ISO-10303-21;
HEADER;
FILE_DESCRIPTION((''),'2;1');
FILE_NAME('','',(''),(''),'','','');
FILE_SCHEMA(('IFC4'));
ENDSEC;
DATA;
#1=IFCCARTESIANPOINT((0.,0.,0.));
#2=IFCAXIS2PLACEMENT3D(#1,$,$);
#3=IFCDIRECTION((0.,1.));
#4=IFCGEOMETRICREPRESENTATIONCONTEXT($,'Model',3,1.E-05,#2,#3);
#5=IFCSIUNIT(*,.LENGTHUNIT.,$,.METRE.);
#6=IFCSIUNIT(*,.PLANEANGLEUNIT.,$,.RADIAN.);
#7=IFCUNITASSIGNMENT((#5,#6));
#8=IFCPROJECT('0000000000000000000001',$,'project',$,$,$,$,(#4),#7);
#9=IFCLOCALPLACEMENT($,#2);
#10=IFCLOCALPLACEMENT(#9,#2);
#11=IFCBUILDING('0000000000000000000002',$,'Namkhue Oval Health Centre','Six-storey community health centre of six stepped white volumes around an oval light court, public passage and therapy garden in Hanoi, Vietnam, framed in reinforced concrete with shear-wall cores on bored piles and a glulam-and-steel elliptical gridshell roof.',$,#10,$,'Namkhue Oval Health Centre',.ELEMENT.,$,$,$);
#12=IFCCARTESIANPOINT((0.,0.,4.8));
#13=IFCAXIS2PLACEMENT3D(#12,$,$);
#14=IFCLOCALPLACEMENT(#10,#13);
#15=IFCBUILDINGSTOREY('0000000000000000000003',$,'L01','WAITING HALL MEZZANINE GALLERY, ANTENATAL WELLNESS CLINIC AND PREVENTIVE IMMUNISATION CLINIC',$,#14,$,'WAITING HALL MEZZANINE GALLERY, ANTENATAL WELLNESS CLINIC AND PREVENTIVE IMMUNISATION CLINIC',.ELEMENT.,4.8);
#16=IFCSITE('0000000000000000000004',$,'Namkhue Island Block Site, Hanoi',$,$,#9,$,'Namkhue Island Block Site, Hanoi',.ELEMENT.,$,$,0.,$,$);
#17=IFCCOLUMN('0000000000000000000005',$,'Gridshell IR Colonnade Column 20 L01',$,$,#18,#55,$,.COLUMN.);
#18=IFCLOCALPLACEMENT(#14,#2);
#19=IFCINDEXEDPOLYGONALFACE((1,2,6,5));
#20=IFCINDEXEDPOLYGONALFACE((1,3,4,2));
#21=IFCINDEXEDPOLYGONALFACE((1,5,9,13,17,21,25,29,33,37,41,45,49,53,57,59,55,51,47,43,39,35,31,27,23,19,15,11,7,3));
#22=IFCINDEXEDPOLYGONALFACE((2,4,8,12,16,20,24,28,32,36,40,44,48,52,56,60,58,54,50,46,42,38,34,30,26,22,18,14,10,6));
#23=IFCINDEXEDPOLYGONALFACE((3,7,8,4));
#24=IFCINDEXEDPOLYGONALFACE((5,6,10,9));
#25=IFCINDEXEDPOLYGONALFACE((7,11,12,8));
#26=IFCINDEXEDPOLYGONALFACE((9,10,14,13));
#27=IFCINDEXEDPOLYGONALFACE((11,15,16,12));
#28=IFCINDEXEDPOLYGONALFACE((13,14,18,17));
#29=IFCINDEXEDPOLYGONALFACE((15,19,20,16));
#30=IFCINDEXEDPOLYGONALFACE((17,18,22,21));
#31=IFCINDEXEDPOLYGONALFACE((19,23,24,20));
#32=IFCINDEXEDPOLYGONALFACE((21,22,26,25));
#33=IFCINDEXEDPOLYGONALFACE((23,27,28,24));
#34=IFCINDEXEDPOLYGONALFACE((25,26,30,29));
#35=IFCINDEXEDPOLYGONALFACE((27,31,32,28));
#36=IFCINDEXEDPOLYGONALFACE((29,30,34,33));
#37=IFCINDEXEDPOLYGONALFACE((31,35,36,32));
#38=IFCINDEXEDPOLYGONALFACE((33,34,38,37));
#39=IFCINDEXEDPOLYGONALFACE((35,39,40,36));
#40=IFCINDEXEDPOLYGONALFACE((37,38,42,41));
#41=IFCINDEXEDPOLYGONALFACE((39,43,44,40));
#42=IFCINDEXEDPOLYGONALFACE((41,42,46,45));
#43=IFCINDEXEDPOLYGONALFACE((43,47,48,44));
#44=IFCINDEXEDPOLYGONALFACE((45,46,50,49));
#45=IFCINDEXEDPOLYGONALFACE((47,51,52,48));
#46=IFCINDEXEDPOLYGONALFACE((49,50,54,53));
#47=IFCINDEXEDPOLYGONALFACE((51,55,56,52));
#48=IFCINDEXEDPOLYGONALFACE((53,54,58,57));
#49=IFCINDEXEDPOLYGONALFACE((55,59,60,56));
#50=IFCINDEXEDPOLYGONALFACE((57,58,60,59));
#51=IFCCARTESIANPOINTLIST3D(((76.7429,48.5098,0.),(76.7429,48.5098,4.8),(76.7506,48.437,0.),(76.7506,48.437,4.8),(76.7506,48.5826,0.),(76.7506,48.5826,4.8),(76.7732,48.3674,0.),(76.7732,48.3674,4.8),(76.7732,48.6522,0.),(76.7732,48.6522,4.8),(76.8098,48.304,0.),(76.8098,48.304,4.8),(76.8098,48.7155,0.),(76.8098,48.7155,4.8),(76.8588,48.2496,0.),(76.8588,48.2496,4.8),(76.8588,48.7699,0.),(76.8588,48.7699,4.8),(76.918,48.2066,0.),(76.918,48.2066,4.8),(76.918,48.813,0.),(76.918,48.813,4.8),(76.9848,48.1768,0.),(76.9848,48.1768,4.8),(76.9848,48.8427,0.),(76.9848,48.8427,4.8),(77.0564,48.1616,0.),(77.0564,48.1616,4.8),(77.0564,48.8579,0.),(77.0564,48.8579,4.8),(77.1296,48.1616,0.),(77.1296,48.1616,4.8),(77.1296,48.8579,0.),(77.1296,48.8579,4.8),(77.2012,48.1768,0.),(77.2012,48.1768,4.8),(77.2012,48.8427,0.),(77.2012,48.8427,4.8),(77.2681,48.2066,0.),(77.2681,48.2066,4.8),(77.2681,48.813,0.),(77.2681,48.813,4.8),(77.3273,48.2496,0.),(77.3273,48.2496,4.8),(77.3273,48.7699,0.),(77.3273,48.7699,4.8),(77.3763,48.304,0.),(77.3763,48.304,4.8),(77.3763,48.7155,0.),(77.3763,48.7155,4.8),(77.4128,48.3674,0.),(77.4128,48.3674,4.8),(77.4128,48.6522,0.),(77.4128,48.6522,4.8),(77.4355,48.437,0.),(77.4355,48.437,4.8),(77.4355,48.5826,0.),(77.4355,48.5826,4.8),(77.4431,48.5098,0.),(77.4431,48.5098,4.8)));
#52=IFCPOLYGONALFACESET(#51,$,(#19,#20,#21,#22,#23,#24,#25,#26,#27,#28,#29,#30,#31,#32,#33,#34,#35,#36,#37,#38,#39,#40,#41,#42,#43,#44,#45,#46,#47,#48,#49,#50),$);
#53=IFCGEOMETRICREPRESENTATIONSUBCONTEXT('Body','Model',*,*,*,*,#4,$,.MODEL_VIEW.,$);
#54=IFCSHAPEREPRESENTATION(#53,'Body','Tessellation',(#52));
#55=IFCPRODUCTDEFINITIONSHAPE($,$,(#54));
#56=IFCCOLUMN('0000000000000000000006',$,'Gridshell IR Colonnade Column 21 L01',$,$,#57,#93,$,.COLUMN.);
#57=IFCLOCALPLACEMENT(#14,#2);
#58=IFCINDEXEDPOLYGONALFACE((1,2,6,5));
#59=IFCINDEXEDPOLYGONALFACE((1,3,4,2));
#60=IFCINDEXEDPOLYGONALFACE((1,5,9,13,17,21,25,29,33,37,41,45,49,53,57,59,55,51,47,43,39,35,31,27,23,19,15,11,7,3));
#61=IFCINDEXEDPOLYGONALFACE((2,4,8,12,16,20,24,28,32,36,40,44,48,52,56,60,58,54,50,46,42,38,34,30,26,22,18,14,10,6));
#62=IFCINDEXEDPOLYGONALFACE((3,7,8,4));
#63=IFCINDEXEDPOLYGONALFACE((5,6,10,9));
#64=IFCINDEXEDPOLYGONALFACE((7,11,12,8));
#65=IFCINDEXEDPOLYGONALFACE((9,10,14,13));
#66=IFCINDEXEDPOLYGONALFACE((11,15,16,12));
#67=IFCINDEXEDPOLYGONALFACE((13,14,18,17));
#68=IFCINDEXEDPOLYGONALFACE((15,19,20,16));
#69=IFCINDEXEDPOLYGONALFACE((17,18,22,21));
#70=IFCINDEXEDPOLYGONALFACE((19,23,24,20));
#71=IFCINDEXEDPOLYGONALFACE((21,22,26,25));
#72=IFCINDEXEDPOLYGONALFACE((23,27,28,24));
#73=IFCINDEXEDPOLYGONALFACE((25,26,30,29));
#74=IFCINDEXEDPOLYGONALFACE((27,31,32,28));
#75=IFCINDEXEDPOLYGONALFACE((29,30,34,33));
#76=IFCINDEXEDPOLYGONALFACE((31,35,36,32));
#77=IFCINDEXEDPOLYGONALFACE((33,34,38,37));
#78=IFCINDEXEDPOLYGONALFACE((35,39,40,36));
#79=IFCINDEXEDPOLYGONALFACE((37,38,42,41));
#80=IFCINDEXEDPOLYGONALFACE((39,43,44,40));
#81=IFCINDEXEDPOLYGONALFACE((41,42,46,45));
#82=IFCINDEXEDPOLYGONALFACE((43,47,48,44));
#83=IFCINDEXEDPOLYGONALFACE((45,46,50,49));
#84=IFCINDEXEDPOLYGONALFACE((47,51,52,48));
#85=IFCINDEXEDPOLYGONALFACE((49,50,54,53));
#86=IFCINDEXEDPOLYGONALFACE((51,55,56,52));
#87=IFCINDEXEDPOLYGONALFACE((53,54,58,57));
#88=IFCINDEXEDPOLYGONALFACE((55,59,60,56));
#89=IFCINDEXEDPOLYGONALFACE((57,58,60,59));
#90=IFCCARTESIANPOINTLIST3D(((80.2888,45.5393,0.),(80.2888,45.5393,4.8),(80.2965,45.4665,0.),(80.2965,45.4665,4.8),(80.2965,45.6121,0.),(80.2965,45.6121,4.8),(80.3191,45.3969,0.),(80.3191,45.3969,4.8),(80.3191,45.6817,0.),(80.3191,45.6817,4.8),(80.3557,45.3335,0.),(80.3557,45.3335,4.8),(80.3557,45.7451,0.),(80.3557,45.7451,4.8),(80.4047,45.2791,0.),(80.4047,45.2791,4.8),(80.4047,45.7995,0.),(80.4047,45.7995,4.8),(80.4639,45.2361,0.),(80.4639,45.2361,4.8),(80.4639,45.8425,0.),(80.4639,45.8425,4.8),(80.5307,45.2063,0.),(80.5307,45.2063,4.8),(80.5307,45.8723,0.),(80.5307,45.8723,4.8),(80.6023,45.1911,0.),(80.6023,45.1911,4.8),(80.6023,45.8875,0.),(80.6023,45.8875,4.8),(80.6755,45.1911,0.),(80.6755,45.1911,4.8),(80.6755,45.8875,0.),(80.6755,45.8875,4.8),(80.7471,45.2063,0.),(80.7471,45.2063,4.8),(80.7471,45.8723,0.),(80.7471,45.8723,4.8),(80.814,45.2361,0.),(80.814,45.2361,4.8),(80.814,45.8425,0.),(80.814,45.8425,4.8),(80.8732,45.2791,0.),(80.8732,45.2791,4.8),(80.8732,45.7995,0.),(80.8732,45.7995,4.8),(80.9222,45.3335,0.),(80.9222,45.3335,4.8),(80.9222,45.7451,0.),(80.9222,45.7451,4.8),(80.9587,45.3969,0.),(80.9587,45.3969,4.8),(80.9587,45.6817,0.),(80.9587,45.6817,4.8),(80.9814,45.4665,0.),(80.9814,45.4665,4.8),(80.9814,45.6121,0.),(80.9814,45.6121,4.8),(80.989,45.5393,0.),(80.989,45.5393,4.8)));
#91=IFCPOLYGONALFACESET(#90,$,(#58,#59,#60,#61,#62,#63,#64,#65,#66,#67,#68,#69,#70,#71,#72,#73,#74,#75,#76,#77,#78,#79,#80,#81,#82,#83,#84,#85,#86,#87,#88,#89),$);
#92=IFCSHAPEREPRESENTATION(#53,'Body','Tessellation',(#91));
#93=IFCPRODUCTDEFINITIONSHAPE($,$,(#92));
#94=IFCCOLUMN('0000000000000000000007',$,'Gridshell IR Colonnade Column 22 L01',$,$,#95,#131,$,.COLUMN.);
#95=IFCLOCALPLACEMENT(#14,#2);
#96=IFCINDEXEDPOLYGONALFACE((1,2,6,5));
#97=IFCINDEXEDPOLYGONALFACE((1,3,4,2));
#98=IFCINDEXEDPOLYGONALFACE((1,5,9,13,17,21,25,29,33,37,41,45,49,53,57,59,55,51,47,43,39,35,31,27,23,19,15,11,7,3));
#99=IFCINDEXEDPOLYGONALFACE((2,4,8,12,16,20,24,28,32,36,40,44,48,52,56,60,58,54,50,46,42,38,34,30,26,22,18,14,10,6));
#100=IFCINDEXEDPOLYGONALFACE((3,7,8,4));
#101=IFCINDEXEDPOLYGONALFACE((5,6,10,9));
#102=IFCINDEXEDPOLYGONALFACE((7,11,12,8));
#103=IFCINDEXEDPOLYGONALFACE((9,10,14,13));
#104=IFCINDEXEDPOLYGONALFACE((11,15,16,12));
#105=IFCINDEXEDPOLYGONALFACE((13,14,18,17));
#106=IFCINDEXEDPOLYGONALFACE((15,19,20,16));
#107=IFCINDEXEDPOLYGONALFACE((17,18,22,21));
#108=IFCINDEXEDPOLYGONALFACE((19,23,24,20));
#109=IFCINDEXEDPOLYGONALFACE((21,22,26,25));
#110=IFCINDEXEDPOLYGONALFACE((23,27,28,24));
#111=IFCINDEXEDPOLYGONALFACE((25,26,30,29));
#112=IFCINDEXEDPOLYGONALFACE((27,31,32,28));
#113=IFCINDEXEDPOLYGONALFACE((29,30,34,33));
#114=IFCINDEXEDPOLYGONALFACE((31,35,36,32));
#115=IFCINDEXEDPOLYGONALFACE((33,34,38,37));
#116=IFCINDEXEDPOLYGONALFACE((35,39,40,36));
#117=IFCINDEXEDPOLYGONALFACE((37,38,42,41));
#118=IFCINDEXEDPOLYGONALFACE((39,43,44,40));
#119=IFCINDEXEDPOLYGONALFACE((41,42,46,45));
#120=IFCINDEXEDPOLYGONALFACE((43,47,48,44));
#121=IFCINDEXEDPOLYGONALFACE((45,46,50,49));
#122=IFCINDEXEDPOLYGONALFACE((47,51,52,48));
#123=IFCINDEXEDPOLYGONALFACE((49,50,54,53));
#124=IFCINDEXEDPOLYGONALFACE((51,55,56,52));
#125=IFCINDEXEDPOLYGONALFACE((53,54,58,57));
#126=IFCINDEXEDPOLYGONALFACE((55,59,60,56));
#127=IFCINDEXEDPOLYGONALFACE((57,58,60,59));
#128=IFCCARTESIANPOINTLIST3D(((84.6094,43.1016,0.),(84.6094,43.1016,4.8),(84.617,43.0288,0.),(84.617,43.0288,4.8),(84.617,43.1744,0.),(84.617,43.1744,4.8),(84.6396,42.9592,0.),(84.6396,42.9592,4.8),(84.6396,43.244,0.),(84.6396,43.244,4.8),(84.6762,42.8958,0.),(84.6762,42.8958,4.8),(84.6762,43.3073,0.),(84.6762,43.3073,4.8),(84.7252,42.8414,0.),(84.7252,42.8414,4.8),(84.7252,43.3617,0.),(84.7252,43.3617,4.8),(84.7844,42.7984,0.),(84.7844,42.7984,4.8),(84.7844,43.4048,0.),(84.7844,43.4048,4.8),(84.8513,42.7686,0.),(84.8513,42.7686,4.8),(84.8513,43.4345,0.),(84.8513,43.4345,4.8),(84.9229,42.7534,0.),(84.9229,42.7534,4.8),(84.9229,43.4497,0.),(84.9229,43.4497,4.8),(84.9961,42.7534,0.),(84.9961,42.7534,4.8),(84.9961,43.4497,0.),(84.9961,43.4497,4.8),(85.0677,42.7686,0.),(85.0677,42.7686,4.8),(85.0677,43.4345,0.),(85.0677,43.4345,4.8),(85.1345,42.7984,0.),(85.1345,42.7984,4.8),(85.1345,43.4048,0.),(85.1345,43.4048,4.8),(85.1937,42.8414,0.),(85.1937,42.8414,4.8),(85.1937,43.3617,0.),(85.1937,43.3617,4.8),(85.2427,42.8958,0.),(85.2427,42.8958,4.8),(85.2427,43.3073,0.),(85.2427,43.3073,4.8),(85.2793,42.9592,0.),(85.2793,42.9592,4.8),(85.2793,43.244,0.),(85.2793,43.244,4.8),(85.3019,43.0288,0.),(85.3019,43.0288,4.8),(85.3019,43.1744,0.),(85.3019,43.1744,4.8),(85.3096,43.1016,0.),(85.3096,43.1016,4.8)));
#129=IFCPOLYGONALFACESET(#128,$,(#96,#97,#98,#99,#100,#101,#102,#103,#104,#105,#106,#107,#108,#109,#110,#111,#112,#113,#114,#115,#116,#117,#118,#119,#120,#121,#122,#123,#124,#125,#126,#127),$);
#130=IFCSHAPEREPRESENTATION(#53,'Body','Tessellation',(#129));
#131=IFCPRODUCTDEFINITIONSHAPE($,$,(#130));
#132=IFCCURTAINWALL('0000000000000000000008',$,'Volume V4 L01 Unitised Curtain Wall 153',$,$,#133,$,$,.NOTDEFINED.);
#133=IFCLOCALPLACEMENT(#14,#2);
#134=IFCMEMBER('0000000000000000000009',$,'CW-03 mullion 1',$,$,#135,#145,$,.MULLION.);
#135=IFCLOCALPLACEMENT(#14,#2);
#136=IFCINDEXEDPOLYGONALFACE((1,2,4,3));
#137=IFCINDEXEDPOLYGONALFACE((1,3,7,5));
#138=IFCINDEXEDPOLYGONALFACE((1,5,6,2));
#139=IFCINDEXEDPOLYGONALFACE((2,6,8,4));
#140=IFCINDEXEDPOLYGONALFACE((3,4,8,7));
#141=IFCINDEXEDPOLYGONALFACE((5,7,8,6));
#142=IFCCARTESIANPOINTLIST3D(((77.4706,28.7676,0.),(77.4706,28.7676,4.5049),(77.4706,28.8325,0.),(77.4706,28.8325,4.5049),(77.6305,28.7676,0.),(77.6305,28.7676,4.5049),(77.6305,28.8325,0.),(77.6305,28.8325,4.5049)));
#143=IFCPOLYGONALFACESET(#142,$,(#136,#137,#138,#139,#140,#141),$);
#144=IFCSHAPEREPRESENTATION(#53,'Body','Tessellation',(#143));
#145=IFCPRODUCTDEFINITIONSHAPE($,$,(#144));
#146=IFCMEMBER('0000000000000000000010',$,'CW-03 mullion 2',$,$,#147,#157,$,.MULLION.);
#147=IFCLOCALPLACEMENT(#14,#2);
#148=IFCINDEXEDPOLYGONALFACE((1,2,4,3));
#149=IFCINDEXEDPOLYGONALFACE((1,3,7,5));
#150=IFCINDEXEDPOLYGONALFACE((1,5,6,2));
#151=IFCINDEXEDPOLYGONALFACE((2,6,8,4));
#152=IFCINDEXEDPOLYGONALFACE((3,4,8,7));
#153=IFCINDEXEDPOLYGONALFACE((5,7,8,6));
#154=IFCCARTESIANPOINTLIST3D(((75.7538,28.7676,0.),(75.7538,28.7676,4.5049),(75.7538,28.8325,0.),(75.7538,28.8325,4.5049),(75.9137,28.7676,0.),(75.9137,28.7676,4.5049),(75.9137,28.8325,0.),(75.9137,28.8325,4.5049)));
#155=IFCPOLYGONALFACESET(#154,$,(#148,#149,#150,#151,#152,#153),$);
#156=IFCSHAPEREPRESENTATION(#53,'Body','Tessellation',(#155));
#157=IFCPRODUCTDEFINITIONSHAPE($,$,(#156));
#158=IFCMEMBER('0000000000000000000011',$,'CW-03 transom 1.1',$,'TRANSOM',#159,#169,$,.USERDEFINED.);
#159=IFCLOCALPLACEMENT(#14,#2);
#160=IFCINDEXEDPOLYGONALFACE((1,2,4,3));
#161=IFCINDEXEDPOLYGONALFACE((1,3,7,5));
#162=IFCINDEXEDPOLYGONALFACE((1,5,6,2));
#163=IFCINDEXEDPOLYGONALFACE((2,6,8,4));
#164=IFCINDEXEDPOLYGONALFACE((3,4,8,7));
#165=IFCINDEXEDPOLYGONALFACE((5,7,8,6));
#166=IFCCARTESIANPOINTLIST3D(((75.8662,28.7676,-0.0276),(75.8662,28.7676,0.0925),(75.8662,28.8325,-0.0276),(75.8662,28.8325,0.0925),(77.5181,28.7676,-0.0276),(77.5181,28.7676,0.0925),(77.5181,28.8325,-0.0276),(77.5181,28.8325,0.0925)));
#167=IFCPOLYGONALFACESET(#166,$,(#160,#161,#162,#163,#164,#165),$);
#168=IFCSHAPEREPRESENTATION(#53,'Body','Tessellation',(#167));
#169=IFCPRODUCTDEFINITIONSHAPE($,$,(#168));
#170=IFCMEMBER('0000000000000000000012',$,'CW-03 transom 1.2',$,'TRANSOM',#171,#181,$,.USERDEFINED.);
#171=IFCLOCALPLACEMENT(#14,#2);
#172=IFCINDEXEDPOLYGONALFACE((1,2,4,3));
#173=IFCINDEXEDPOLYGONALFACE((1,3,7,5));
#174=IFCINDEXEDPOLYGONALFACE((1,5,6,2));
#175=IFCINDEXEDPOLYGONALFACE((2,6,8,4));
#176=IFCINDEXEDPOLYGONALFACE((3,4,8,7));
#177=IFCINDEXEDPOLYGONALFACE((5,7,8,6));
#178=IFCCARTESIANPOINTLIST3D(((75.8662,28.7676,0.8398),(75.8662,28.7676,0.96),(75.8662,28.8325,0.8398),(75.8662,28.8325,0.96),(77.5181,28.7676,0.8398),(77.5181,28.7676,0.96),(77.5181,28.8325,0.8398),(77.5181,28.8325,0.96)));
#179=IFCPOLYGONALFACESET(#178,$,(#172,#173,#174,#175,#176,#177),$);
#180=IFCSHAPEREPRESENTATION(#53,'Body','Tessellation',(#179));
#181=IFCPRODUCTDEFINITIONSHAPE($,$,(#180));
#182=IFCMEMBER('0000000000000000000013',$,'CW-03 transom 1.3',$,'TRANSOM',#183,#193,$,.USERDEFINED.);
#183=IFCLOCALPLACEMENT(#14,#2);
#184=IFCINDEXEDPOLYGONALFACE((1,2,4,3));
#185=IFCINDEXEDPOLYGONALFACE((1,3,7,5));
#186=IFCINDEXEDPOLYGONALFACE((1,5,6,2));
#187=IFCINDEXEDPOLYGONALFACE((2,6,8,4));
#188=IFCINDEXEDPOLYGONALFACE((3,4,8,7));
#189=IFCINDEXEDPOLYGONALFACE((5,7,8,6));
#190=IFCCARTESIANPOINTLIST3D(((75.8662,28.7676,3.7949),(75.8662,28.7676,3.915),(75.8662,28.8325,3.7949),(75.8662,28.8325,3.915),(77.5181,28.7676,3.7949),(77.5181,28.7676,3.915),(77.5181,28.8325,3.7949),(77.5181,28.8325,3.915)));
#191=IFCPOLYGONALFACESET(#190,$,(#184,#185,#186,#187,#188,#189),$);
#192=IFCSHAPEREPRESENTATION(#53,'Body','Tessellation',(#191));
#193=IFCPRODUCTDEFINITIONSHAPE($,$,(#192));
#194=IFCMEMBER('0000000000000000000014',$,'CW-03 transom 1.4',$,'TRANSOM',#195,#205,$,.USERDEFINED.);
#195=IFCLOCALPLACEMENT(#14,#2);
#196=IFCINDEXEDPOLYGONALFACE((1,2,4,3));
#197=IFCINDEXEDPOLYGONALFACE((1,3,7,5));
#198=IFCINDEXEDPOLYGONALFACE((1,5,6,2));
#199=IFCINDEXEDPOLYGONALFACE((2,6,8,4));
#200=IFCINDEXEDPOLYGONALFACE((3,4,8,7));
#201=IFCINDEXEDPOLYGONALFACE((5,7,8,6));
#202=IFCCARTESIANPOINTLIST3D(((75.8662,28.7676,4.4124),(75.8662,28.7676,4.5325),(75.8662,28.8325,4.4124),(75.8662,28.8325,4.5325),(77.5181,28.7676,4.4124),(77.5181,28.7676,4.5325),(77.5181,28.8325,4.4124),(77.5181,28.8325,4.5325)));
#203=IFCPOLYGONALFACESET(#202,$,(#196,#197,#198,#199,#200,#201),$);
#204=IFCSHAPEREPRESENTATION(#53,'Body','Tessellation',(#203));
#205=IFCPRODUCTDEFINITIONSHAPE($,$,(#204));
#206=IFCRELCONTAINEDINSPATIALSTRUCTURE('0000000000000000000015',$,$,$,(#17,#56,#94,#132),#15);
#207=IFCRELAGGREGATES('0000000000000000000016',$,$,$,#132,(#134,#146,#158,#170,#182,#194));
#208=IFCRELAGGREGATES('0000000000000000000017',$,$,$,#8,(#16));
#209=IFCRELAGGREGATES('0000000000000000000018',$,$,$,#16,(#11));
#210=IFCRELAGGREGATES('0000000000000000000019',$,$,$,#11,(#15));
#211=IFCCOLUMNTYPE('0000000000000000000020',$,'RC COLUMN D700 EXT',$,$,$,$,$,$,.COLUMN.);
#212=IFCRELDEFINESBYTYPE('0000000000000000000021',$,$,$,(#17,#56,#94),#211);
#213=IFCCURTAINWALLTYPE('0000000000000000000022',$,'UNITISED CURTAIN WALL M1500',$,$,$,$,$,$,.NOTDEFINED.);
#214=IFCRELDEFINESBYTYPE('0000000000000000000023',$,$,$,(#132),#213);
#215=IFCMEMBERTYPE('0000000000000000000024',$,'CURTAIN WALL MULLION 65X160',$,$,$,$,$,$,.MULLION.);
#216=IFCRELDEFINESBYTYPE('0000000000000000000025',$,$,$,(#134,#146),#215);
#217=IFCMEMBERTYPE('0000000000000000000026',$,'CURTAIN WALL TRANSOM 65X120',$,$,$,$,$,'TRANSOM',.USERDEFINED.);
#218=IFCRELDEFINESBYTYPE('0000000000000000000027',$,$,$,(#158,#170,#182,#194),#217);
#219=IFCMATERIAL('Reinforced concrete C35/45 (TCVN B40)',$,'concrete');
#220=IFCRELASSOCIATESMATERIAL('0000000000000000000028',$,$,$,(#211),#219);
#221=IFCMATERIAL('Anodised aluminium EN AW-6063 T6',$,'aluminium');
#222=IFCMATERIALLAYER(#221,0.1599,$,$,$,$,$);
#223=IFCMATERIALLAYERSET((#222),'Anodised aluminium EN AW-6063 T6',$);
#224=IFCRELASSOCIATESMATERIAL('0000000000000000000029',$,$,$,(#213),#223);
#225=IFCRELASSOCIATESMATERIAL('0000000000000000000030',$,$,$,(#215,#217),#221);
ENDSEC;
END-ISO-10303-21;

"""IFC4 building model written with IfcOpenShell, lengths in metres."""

from ifc_helpers import new_model, si_unit, direction, frame, origin, origin_2d, place, context, subcontext, project, spatial, rectangle, circle, extrude, material, layer, layer_set, material_profile, profile_set, type_object, element, aggregate, save


model = new_model("IFC4")

# Units and contexts
model_context = context("Model", 3, precision=1e-05, world=origin(), true_north=direction((0.0, 1.0)))
body_context = subcontext(model_context, "Body", "Model", "MODEL_VIEW")
ifc_project = project(units=[si_unit("LENGTHUNIT", "METRE"), si_unit("PLANEANGLEUNIT", "RADIAN")], contexts=[model_context])

# Site, building, storey
site_placement = place(None, origin())
site = spatial("IfcSite", under=ifc_project, at=site_placement, Name="Namkhue Island Block Site, Hanoi", LongName="Namkhue Island Block Site, Hanoi", CompositionType="ELEMENT", RefElevation=0.0)
building_placement = place(site_placement, origin())
building = spatial("IfcBuilding", under=site, at=building_placement, Name="Namkhue Oval Health Centre", Description="Six-storey community health centre of six stepped white volumes around an oval light court, public passage and therapy garden in Hanoi, Vietnam, framed in reinforced concrete with shear-wall cores on bored piles and a glulam-and-steel elliptical gridshell roof.", LongName="Namkhue Oval Health Centre", CompositionType="ELEMENT")
storey_placement = place(building_placement, frame((0.0, 0.0, 4.8)))
storey = spatial("IfcBuildingStorey", under=building, at=storey_placement, Name="L01", Description="WAITING HALL MEZZANINE GALLERY, ANTENATAL WELLNESS CLINIC AND PREVENTIVE IMMUNISATION CLINIC", LongName="WAITING HALL MEZZANINE GALLERY, ANTENATAL WELLNESS CLINIC AND PREVENTIVE IMMUNISATION CLINIC", CompositionType="ELEMENT", Elevation=4.8)

# Columns
ifc_material_1 = material(Name="Reinforced concrete C35/45 (TCVN B40)", Category="concrete")
ifc_material_profile_1 = material_profile(ifc_material_1, circle(Radius=0.3501, at=origin_2d()), Name="RC D700")
ifc_profile_set_1 = profile_set([ifc_material_profile_1], Name="Reinforced concrete C35/45 (TCVN B40)")
column_type = type_object("IfcColumnType", Name="RC COLUMN D700 EXT", PredefinedType="COLUMN", material=ifc_profile_set_1)
for number, where, z_axis, x_axis, name in (
    (1, (77.093, 48.5098, 0.0), (0.0, 0.0, 1.0), (1.0, 0.0, 0.0), "Gridshell IR Colonnade Column 20 L01"),
    (2, (80.6389, 45.5393, 0.0), (0.0, 0.0, 1.0), (1.0, 0.0, 0.0), "Gridshell IR Colonnade Column 21 L01"),
    (3, (84.9595, 43.1016, 0.0), (0.0, 0.0, 1.0), (1.0, 0.0, 0.0), "Gridshell IR Colonnade Column 22 L01"),
):
    element("IfcColumn", number, at=place(storey_placement, frame(where, z_axis=z_axis, x_axis=x_axis)), inside=storey, type_object=column_type, Name=name, PredefinedType="COLUMN", context=body_context, shape_type="SweptSolid", body=[
        extrude(circle(Radius=0.3501, at=origin_2d()), origin(), (0.0, 0.0, 1.0), 4.8),
    ])

# Curtain wall, members
ifc_material_2 = material(Name="Anodised aluminium EN AW-6063 T6", Category="aluminium")
ifc_layer_1 = layer(ifc_material_2, 0.1599)
ifc_layer_set_1 = layer_set([ifc_layer_1], Name="Anodised aluminium EN AW-6063 T6")
curtain_wall_type = type_object("IfcCurtainWallType", Name="UNITISED CURTAIN WALL M1500", PredefinedType="NOTDEFINED", material=ifc_layer_set_1)
curtain_wall_placement = place(storey_placement, origin())
curtain_wall = element("IfcCurtainWall", 4, at=curtain_wall_placement, inside=storey, type_object=curtain_wall_type, Name="Volume V4 L01 Unitised Curtain Wall 153", PredefinedType="NOTDEFINED")
ifc_material_profile_2 = material_profile(ifc_material_2, rectangle(XDim=0.0649, YDim=0.1599, at=origin_2d()), Name="ALU 65x160")
ifc_profile_set_2 = profile_set([ifc_material_profile_2], Name="Anodised aluminium EN AW-6063 T6")
member_type_1 = type_object("IfcMemberType", Name="CURTAIN WALL MULLION 65X160", PredefinedType="MULLION", material=ifc_profile_set_2)
member_1_placement = place(storey_placement, frame((77.5505, 28.8, 0.0), z_axis=(0.0, 0.0, 1.0), x_axis=(0.0, -1.0, 0.0)))
member_1 = element("IfcMember", 5, at=member_1_placement, type_object=member_type_1, Name="CW-03 mullion 1", PredefinedType="MULLION", context=body_context, shape_type="SweptSolid", body=[
    extrude(rectangle(XDim=0.0649, YDim=0.1599, at=origin_2d()), origin(), (0.0, 0.0, 1.0), 4.5049),
])
member_2_placement = place(storey_placement, frame((75.8337, 28.8, 0.0), z_axis=(0.0, 0.0, 1.0), x_axis=(0.0, -1.0, 0.0)))
member_2 = element("IfcMember", 6, at=member_2_placement, type_object=member_type_1, Name="CW-03 mullion 2", PredefinedType="MULLION", context=body_context, shape_type="SweptSolid", body=[
    extrude(rectangle(XDim=0.0649, YDim=0.1599, at=origin_2d()), origin(), (0.0, 0.0, 1.0), 4.5049),
])
ifc_material_profile_3 = material_profile(ifc_material_2, rectangle(XDim=0.0649, YDim=0.1201, at=origin_2d()), Name="ALU 65x120")
ifc_profile_set_3 = profile_set([ifc_material_profile_3], Name="Anodised aluminium EN AW-6063 T6")
member_type_2 = type_object("IfcMemberType", Name="CURTAIN WALL TRANSOM 65X120", ElementType="TRANSOM", PredefinedType="USERDEFINED", material=ifc_profile_set_3)
member_3_placement = place(storey_placement, frame((77.5181, 28.8, 0.0325), z_axis=(-1.0, 0.0, 0.0), x_axis=(0.0, -1.0, 0.0)))
member_3 = element("IfcMember", 7, at=member_3_placement, type_object=member_type_2, Name="CW-03 transom 1.1", ObjectType="TRANSOM", PredefinedType="USERDEFINED", context=body_context, shape_type="SweptSolid", body=[
    extrude(rectangle(XDim=0.0649, YDim=0.1201, at=origin_2d()), origin(), (0.0, 0.0, 1.0), 1.6519),
])
member_4_placement = place(storey_placement, frame((77.5181, 28.8, 0.8999), z_axis=(-1.0, 0.0, 0.0), x_axis=(0.0, -1.0, 0.0)))
member_4 = element("IfcMember", 8, at=member_4_placement, type_object=member_type_2, Name="CW-03 transom 1.2", ObjectType="TRANSOM", PredefinedType="USERDEFINED", context=body_context, shape_type="SweptSolid", body=[
    extrude(rectangle(XDim=0.0649, YDim=0.1201, at=origin_2d()), origin(), (0.0, 0.0, 1.0), 1.6519),
])
member_5_placement = place(storey_placement, frame((77.5181, 28.8, 3.855), z_axis=(-1.0, 0.0, 0.0), x_axis=(0.0, -1.0, 0.0)))
member_5 = element("IfcMember", 9, at=member_5_placement, type_object=member_type_2, Name="CW-03 transom 1.3", ObjectType="TRANSOM", PredefinedType="USERDEFINED", context=body_context, shape_type="SweptSolid", body=[
    extrude(rectangle(XDim=0.0649, YDim=0.1201, at=origin_2d()), origin(), (0.0, 0.0, 1.0), 1.6519),
])
member_6_placement = place(storey_placement, frame((77.5181, 28.8, 4.4724), z_axis=(-1.0, 0.0, 0.0), x_axis=(0.0, -1.0, 0.0)))
member_6 = element("IfcMember", 10, at=member_6_placement, type_object=member_type_2, Name="CW-03 transom 1.4", ObjectType="TRANSOM", PredefinedType="USERDEFINED", context=body_context, shape_type="SweptSolid", body=[
    extrude(rectangle(XDim=0.0649, YDim=0.1201, at=origin_2d()), origin(), (0.0, 0.0, 1.0), 1.6519),
])
aggregate(curtain_wall, [member_1, member_2, member_3, member_4, member_5, member_6])

save(model, "model.ifc")
